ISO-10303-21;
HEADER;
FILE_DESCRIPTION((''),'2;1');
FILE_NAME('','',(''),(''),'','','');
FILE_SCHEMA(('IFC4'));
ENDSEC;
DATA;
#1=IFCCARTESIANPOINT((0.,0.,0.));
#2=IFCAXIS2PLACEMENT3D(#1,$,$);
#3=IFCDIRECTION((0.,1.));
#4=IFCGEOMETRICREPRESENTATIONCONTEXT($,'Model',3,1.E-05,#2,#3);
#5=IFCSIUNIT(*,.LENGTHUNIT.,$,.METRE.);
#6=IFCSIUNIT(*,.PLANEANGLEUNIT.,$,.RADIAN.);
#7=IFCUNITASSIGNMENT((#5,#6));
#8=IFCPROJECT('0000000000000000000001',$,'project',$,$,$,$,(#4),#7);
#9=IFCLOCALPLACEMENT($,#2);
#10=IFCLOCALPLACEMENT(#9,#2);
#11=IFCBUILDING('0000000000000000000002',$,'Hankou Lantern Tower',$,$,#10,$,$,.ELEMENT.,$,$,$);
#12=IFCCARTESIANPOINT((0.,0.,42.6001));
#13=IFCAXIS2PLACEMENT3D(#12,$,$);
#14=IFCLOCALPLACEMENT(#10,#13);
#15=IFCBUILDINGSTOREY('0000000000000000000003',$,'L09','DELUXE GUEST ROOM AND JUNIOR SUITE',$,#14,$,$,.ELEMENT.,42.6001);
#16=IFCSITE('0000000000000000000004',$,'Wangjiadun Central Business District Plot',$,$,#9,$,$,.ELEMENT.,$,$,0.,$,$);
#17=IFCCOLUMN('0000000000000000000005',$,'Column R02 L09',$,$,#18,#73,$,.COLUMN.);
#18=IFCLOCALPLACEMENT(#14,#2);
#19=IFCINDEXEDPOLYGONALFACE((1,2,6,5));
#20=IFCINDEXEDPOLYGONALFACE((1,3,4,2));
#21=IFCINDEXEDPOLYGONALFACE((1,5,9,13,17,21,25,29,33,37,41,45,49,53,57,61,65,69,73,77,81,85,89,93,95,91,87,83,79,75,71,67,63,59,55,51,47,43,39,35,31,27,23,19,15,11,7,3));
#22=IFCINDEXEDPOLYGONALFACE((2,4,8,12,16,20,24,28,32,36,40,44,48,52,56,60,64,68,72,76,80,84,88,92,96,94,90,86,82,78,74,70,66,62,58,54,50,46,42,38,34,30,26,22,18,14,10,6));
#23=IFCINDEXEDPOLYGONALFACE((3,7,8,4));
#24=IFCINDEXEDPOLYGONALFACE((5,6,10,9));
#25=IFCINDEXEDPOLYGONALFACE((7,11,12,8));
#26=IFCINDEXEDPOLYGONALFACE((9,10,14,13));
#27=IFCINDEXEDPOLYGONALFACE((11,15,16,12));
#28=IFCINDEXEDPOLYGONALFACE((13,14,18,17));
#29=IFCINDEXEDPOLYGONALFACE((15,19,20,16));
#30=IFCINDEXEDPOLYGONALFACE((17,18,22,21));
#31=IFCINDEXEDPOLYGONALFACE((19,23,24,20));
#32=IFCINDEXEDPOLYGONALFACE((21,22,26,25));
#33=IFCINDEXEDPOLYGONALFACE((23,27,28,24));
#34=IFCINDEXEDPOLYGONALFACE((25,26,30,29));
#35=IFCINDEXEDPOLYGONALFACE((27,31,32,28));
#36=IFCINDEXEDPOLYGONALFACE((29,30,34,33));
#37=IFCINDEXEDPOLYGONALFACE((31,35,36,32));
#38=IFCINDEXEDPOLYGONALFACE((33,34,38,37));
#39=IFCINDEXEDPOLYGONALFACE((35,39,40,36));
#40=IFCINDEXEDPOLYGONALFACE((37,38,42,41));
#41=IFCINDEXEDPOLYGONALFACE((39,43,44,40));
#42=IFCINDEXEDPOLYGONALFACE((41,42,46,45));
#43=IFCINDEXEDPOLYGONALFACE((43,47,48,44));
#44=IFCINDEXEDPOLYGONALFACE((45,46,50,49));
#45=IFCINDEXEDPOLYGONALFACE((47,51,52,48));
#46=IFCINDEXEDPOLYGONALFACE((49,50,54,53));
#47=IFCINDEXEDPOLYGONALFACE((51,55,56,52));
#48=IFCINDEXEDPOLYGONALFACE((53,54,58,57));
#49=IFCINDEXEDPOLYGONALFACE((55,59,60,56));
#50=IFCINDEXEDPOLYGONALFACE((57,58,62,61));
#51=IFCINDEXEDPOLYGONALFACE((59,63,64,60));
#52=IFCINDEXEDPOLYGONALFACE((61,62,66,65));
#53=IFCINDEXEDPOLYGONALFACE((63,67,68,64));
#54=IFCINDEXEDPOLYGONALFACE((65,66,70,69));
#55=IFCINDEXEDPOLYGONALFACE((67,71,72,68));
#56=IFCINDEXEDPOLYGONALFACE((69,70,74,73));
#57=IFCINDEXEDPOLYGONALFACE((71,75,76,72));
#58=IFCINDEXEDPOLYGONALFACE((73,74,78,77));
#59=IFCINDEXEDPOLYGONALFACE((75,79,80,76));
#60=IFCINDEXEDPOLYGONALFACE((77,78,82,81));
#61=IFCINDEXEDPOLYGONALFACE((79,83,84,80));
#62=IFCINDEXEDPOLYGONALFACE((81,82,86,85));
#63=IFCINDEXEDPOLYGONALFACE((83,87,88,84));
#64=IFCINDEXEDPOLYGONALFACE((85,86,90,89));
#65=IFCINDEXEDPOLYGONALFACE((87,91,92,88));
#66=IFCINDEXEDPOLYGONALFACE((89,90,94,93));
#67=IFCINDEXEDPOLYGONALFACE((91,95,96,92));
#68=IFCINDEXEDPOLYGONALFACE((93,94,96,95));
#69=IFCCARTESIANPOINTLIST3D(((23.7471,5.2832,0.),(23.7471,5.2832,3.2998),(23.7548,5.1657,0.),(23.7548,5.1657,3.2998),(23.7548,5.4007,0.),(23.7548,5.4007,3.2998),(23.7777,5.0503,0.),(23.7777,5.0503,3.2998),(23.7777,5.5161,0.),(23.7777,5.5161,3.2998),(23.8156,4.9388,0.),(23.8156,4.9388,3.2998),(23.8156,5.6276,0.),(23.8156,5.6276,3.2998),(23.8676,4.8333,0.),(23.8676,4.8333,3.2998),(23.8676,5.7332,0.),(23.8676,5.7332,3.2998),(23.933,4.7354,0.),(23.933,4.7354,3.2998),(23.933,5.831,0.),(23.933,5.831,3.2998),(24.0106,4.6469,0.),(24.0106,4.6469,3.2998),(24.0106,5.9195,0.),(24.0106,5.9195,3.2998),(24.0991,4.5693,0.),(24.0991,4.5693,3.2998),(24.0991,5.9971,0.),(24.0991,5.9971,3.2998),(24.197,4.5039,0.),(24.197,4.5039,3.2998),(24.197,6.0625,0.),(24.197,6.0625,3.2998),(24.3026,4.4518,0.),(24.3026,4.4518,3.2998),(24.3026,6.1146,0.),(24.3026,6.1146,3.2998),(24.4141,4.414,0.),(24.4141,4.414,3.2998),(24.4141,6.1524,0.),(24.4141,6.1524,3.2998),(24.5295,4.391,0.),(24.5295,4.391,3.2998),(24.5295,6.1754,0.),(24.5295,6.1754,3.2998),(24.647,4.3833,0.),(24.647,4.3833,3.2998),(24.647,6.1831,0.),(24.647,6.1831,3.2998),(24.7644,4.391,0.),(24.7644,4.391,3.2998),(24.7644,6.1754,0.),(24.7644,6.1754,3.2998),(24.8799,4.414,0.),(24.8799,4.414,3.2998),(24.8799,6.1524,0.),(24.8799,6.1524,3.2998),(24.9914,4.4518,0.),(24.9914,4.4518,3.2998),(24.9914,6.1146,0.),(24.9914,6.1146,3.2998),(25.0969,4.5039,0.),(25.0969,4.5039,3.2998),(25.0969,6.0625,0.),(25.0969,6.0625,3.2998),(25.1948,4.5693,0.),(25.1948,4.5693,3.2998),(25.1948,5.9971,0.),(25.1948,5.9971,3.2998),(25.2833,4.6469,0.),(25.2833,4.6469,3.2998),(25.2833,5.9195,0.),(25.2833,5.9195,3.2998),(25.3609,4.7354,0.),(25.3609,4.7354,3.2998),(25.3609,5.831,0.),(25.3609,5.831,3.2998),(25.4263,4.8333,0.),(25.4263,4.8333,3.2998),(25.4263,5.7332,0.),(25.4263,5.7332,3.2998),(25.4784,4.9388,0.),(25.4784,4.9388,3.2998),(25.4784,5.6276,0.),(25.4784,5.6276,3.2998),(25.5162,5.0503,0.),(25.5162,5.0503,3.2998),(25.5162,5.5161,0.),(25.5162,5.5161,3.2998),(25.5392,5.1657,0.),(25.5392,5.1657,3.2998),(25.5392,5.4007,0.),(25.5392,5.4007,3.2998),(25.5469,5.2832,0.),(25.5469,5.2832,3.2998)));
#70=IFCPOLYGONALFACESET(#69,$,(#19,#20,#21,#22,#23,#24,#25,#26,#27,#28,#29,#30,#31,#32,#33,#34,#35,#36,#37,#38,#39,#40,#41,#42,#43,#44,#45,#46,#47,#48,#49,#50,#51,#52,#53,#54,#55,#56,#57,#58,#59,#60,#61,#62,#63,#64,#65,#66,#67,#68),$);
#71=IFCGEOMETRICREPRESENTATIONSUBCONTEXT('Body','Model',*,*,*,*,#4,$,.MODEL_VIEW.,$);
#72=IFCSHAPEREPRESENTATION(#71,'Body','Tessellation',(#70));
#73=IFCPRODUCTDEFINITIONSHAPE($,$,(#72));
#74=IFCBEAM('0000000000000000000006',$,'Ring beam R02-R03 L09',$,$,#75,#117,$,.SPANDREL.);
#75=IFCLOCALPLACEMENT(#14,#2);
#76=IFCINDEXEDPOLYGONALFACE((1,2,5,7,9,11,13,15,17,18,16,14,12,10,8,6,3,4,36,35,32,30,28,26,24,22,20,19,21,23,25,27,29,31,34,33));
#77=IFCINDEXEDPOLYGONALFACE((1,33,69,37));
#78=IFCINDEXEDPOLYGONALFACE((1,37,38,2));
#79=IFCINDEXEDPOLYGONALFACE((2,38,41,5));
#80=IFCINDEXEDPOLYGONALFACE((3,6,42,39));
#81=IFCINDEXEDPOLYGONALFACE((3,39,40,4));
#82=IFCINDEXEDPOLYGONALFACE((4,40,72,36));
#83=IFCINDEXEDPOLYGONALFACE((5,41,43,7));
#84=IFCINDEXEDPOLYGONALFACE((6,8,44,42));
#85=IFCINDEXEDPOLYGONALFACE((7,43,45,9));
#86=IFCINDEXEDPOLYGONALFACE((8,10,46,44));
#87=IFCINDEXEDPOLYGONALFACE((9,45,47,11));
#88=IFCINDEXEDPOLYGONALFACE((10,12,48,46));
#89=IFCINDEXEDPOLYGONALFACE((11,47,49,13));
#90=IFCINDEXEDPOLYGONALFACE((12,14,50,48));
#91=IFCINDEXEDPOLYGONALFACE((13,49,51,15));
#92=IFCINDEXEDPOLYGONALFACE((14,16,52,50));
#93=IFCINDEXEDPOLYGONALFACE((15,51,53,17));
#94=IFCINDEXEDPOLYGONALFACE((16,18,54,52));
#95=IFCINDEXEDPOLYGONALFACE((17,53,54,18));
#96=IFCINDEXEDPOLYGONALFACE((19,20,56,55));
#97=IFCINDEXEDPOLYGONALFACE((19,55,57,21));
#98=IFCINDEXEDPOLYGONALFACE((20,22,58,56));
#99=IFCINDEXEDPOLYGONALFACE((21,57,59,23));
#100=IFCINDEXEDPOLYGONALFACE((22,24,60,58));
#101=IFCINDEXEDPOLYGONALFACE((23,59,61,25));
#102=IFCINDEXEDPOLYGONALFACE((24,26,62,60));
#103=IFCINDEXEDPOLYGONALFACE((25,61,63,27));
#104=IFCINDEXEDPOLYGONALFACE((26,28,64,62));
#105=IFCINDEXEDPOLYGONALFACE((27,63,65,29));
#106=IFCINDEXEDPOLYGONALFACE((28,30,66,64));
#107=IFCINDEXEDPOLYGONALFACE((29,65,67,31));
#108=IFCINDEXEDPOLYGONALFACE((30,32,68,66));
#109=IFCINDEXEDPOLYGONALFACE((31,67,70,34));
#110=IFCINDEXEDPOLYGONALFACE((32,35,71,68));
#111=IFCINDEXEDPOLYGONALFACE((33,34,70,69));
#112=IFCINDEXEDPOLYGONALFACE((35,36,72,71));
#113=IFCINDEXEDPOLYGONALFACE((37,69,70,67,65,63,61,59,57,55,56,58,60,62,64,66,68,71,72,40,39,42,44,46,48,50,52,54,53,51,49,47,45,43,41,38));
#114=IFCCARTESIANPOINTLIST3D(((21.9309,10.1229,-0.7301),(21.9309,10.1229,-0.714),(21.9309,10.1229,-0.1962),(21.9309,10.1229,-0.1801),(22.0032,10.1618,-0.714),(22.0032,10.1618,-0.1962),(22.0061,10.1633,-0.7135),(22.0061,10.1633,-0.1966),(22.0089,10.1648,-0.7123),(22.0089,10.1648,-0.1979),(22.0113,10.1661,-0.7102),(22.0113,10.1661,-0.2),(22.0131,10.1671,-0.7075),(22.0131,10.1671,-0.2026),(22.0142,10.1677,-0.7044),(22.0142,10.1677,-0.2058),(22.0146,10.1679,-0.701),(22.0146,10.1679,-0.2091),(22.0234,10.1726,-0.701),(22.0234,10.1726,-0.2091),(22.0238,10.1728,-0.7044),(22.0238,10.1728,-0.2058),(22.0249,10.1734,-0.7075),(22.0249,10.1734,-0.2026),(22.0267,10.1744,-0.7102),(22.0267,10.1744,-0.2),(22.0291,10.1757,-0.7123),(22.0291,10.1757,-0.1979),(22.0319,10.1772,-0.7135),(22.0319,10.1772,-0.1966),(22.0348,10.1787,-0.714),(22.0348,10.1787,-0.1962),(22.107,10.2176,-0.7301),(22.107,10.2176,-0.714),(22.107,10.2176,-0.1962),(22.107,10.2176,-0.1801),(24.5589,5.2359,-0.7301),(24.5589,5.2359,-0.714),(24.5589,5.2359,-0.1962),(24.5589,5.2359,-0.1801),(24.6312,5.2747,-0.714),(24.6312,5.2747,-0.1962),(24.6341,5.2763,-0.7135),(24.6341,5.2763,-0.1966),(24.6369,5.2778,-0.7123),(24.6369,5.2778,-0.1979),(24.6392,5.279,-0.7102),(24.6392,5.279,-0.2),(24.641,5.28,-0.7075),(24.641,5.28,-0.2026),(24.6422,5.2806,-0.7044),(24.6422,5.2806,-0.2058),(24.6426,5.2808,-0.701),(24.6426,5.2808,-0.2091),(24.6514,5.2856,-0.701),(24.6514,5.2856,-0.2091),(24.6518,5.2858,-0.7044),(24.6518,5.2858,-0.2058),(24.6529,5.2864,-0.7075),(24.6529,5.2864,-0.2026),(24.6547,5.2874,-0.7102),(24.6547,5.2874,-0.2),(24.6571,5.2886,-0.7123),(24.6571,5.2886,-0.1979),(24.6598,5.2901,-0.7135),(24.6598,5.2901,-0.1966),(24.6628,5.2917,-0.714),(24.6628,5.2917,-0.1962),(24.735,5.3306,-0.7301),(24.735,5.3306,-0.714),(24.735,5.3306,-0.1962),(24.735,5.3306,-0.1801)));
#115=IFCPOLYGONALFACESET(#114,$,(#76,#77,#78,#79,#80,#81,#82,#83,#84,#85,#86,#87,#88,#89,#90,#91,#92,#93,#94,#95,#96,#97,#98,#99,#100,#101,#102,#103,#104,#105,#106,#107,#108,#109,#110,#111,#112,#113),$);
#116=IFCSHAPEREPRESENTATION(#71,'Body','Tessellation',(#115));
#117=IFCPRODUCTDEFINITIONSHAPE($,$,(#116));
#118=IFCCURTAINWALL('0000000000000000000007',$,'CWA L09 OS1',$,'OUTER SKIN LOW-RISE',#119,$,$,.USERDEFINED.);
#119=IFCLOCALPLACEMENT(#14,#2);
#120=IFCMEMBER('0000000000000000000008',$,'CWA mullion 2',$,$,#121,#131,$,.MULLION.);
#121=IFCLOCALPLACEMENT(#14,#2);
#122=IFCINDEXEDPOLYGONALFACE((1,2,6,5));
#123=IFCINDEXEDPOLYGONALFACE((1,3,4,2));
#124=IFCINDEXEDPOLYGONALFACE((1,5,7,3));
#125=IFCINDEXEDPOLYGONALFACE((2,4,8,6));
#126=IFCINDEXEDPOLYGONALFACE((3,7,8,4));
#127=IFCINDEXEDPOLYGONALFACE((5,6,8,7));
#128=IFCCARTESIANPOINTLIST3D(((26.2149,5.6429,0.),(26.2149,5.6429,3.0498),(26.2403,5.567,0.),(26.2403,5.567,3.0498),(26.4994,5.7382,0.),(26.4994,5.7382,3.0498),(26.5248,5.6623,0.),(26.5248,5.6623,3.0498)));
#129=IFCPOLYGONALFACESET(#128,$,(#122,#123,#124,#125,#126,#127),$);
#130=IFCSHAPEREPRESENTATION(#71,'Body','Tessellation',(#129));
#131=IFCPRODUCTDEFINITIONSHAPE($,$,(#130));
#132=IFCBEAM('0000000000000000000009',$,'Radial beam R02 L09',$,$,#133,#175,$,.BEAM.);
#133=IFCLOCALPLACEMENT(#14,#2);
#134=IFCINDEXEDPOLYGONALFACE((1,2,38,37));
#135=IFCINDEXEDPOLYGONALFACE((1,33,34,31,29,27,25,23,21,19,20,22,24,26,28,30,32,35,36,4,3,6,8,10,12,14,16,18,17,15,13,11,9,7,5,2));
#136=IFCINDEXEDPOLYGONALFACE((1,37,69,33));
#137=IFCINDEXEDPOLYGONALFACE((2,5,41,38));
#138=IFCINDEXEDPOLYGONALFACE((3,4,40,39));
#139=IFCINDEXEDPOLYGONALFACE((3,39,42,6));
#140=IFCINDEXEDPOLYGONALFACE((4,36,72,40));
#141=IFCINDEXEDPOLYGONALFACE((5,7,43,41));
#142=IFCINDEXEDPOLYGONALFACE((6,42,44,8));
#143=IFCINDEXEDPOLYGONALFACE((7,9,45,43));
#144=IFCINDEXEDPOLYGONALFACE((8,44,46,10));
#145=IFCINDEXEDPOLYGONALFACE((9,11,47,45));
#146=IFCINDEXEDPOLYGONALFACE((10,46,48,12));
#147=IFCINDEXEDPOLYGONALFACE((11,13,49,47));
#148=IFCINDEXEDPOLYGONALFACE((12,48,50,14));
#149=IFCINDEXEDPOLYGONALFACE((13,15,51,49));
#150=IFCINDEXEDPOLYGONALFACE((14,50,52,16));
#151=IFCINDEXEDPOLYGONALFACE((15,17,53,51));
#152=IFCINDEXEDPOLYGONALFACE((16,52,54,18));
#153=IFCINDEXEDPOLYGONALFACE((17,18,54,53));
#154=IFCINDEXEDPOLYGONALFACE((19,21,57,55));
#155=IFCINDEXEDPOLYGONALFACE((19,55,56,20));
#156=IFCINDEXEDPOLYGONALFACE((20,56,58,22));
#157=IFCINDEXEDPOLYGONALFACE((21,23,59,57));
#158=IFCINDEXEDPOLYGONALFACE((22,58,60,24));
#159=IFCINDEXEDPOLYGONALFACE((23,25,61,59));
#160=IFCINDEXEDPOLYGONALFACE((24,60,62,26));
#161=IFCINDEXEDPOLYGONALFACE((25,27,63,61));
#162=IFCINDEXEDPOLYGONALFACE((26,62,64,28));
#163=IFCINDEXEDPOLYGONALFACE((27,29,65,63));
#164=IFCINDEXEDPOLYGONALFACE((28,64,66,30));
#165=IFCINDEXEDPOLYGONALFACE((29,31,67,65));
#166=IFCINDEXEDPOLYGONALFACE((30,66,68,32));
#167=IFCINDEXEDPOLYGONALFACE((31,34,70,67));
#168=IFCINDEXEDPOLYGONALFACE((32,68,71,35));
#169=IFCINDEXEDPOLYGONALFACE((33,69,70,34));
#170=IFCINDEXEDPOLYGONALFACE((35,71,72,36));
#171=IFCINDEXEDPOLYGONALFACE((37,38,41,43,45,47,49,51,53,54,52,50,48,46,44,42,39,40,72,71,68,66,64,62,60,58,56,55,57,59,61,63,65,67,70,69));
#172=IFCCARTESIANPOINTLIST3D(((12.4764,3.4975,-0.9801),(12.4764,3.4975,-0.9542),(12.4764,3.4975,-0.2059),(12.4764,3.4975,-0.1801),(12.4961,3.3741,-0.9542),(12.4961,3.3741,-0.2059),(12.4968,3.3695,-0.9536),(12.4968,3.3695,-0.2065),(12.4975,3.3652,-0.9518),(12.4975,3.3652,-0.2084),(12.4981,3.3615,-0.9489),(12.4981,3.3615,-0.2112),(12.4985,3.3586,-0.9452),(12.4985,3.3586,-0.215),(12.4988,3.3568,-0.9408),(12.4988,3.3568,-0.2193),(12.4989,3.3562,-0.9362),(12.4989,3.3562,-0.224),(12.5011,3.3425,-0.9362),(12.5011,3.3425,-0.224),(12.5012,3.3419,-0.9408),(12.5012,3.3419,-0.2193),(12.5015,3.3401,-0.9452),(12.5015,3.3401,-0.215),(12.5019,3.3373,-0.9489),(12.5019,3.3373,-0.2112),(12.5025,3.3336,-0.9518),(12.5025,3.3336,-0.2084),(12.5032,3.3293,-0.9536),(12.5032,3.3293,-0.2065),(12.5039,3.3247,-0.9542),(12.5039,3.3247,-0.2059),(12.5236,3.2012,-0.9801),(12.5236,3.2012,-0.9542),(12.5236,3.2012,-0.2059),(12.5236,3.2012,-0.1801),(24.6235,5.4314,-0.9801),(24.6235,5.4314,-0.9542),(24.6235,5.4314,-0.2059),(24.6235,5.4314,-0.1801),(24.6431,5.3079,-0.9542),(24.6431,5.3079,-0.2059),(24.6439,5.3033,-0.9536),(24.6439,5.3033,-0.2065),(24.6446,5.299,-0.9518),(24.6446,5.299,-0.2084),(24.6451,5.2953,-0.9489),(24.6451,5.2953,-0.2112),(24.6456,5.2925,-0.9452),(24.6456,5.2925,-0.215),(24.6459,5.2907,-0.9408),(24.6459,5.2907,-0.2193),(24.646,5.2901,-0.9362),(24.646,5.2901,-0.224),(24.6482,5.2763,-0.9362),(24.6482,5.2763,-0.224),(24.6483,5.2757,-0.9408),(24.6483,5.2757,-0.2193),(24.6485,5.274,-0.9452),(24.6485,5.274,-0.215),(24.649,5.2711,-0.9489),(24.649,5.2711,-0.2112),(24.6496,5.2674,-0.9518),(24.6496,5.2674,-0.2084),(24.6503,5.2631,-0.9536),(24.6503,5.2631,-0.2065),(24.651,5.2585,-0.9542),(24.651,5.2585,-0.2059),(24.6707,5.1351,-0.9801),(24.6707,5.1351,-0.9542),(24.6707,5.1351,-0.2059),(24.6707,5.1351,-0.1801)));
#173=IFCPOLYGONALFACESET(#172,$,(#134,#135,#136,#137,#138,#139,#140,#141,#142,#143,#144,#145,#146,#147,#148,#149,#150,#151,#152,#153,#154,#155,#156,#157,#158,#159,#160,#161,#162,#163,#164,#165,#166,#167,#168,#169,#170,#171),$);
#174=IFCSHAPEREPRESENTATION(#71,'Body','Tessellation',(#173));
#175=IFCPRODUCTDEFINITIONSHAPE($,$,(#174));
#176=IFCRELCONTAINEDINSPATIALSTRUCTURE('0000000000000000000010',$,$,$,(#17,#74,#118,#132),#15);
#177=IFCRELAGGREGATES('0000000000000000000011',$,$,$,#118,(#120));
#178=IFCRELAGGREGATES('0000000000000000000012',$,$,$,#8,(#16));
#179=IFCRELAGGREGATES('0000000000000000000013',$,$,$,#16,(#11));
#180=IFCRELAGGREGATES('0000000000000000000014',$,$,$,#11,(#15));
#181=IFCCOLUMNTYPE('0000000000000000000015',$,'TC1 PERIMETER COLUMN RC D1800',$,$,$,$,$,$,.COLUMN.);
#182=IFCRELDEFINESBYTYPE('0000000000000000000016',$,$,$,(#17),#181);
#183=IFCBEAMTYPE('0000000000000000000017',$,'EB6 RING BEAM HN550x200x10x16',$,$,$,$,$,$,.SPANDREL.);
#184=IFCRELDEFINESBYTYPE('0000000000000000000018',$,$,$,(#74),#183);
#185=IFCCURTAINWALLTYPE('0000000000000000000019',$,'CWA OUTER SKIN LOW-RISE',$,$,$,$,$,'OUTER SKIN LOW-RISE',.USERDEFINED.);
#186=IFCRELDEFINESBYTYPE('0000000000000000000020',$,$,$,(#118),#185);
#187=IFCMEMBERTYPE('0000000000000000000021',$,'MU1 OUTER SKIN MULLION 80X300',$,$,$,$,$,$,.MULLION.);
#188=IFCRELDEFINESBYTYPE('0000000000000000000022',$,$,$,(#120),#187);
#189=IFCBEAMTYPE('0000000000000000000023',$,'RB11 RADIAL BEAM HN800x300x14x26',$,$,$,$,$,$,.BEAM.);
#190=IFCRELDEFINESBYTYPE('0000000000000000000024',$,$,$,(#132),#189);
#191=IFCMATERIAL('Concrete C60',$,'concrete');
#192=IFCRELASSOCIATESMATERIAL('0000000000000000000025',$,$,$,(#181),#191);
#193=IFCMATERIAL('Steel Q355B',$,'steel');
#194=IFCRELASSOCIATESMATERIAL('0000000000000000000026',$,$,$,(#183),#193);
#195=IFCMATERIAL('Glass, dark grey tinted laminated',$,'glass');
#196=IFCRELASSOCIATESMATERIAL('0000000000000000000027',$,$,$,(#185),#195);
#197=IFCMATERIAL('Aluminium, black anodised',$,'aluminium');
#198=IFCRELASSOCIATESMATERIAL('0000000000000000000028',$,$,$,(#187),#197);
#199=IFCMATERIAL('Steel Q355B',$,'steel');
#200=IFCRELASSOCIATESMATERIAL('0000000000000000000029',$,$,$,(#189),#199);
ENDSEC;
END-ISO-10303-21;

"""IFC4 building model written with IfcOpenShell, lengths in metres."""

from ifc_helpers import new_model, si_unit, direction, frame, origin, origin_2d, place, context, subcontext, project, spatial, rectangle, circle, i_section, extrude, material, material_profile, profile_set, type_object, element, aggregate, save


model = new_model("IFC4")

# Units and contexts
model_context = context("Model", 3, precision=1e-05, world=origin(), true_north=direction((0.0, 1.0)))
body_context = subcontext(model_context, "Body", "Model", "MODEL_VIEW")
ifc_project = project(units=[si_unit("LENGTHUNIT", "METRE"), si_unit("PLANEANGLEUNIT", "RADIAN")], contexts=[model_context])

# Site, building, storey
site_placement = place(None, origin())
site = spatial("IfcSite", under=ifc_project, at=site_placement, Name="Wangjiadun Central Business District Plot", CompositionType="ELEMENT", RefElevation=0.0)
building_placement = place(site_placement, origin())
building = spatial("IfcBuilding", under=site, at=building_placement, Name="Hankou Lantern Tower", CompositionType="ELEMENT")
storey_placement = place(building_placement, frame((0.0, 0.0, 42.6001)))
storey = spatial("IfcBuildingStorey", under=building, at=storey_placement, Name="L09", Description="DELUXE GUEST ROOM AND JUNIOR SUITE", CompositionType="ELEMENT", Elevation=42.6001)

# Column
ifc_material_1 = material(Name="Concrete C60", Category="concrete")
ifc_material_profile_1 = material_profile(ifc_material_1, circle(Radius=0.8999, at=origin_2d()), Name="RC D1800")
ifc_profile_set_1 = profile_set([ifc_material_profile_1], Name="Concrete C60")
column_type = type_object("IfcColumnType", Name="TC1 PERIMETER COLUMN RC D1800", PredefinedType="COLUMN", material=ifc_profile_set_1)
column_placement = place(storey_placement, frame((24.647, 5.2832, 0.0), z_axis=(0.0, 0.0, 1.0), x_axis=(1.0, 0.0, 0.0)))
element("IfcColumn", 1, at=column_placement, inside=storey, type_object=column_type, Name="Column R02 L09", PredefinedType="COLUMN", context=body_context, shape_type="SweptSolid", body=[
    extrude(circle(Radius=0.8999, at=origin_2d()), origin(), (0.0, 0.0, 1.0), 3.2998),
])

# Beam
ifc_material_2 = material(Name="Steel Q355B", Category="steel")
ifc_material_profile_2 = material_profile(ifc_material_2, i_section(OverallWidth=0.2, OverallDepth=0.55, WebThickness=0.01, FlangeThickness=0.0161, FilletRadius=0.0129, at=origin_2d()), Name="HN550x200x10x16")
ifc_profile_set_2 = profile_set([ifc_material_profile_2], Name="Steel Q355B")
beam_type_1 = type_object("IfcBeamType", Name="EB6 RING BEAM HN550x200x10x16", PredefinedType="SPANDREL", material=ifc_profile_set_2)
beam_1_placement = place(storey_placement, frame((24.647, 5.2832, -0.4551), z_axis=(-0.473609, 0.880735, 0.0), x_axis=(-0.880735, -0.473609, 0.0)))
element("IfcBeam", 2, at=beam_1_placement, inside=storey, type_object=beam_type_1, Name="Ring beam R02-R03 L09", PredefinedType="SPANDREL", context=body_context, shape_type="SweptSolid", body=[
    extrude(i_section(OverallWidth=0.2, OverallDepth=0.55, WebThickness=0.01, FlangeThickness=0.0161, FilletRadius=0.0129, at=origin_2d()), origin(), (0.0, 0.0, 1.0), 5.5488),
])

# Curtain wall, member
ifc_material_3 = material(Name="Glass, dark grey tinted laminated", Category="glass")
curtain_wall_type = type_object("IfcCurtainWallType", Name="CWA OUTER SKIN LOW-RISE", ElementType="OUTER SKIN LOW-RISE", PredefinedType="USERDEFINED", material=ifc_material_3)
curtain_wall_placement = place(storey_placement, origin())
curtain_wall = element("IfcCurtainWall", 3, at=curtain_wall_placement, inside=storey, type_object=curtain_wall_type, Name="CWA L09 OS1", ObjectType="OUTER SKIN LOW-RISE", PredefinedType="USERDEFINED")
ifc_material_4 = material(Name="Aluminium, black anodised", Category="aluminium")
ifc_material_profile_3 = material_profile(ifc_material_4, rectangle(XDim=0.0801, YDim=0.3, at=origin_2d()), Name="MU1 80X300")
ifc_profile_set_3 = profile_set([ifc_material_profile_3], Name="Aluminium, black anodised")
member_type_1 = type_object("IfcMemberType", Name="MU1 OUTER SKIN MULLION 80X300", PredefinedType="MULLION", material=ifc_profile_set_3)
member_1_placement = place(storey_placement, frame((26.3699, 5.6526, 0.0), z_axis=(0.0, 0.0, 1.0), x_axis=(-0.317596, 0.948226, 0.0)))
member_1 = element("IfcMember", 4, at=member_1_placement, type_object=member_type_1, Name="CWA mullion 2", PredefinedType="MULLION", context=body_context, shape_type="SweptSolid", body=[
    extrude(rectangle(XDim=0.0801, YDim=0.3, at=origin_2d()), origin(), (0.0, 0.0, 1.0), 3.0498),
])

# Beam
ifc_material_5 = material(Name="Steel Q355B", Category="steel")
ifc_material_profile_4 = material_profile(ifc_material_5, i_section(OverallWidth=0.3, OverallDepth=0.8, WebThickness=0.0139, FlangeThickness=0.0259, FilletRadius=0.0181, at=origin_2d()), Name="HN800x300x14x26")
ifc_profile_set_4 = profile_set([ifc_material_profile_4], Name="Steel Q355B")
beam_type_2 = type_object("IfcBeamType", Name="RB11 RADIAL BEAM HN800x300x14x26", PredefinedType="BEAM", material=ifc_profile_set_4)
beam_2_placement = place(storey_placement, frame((12.5, 3.3494, -0.5801), z_axis=(0.987563, 0.157223, 0.0), x_axis=(-0.157223, 0.987563, 0.0)))
element("IfcBeam", 5, at=beam_2_placement, inside=storey, type_object=beam_type_2, Name="Radial beam R02 L09", PredefinedType="BEAM", context=body_context, shape_type="SweptSolid", body=[
    extrude(i_section(OverallWidth=0.3, OverallDepth=0.8, WebThickness=0.0139, FlangeThickness=0.0259, FilletRadius=0.0181, at=origin_2d()), origin(), (0.0, 0.0, 1.0), 12.3),
])

aggregate(curtain_wall, [member_1])

save(model, "model.ifc")
